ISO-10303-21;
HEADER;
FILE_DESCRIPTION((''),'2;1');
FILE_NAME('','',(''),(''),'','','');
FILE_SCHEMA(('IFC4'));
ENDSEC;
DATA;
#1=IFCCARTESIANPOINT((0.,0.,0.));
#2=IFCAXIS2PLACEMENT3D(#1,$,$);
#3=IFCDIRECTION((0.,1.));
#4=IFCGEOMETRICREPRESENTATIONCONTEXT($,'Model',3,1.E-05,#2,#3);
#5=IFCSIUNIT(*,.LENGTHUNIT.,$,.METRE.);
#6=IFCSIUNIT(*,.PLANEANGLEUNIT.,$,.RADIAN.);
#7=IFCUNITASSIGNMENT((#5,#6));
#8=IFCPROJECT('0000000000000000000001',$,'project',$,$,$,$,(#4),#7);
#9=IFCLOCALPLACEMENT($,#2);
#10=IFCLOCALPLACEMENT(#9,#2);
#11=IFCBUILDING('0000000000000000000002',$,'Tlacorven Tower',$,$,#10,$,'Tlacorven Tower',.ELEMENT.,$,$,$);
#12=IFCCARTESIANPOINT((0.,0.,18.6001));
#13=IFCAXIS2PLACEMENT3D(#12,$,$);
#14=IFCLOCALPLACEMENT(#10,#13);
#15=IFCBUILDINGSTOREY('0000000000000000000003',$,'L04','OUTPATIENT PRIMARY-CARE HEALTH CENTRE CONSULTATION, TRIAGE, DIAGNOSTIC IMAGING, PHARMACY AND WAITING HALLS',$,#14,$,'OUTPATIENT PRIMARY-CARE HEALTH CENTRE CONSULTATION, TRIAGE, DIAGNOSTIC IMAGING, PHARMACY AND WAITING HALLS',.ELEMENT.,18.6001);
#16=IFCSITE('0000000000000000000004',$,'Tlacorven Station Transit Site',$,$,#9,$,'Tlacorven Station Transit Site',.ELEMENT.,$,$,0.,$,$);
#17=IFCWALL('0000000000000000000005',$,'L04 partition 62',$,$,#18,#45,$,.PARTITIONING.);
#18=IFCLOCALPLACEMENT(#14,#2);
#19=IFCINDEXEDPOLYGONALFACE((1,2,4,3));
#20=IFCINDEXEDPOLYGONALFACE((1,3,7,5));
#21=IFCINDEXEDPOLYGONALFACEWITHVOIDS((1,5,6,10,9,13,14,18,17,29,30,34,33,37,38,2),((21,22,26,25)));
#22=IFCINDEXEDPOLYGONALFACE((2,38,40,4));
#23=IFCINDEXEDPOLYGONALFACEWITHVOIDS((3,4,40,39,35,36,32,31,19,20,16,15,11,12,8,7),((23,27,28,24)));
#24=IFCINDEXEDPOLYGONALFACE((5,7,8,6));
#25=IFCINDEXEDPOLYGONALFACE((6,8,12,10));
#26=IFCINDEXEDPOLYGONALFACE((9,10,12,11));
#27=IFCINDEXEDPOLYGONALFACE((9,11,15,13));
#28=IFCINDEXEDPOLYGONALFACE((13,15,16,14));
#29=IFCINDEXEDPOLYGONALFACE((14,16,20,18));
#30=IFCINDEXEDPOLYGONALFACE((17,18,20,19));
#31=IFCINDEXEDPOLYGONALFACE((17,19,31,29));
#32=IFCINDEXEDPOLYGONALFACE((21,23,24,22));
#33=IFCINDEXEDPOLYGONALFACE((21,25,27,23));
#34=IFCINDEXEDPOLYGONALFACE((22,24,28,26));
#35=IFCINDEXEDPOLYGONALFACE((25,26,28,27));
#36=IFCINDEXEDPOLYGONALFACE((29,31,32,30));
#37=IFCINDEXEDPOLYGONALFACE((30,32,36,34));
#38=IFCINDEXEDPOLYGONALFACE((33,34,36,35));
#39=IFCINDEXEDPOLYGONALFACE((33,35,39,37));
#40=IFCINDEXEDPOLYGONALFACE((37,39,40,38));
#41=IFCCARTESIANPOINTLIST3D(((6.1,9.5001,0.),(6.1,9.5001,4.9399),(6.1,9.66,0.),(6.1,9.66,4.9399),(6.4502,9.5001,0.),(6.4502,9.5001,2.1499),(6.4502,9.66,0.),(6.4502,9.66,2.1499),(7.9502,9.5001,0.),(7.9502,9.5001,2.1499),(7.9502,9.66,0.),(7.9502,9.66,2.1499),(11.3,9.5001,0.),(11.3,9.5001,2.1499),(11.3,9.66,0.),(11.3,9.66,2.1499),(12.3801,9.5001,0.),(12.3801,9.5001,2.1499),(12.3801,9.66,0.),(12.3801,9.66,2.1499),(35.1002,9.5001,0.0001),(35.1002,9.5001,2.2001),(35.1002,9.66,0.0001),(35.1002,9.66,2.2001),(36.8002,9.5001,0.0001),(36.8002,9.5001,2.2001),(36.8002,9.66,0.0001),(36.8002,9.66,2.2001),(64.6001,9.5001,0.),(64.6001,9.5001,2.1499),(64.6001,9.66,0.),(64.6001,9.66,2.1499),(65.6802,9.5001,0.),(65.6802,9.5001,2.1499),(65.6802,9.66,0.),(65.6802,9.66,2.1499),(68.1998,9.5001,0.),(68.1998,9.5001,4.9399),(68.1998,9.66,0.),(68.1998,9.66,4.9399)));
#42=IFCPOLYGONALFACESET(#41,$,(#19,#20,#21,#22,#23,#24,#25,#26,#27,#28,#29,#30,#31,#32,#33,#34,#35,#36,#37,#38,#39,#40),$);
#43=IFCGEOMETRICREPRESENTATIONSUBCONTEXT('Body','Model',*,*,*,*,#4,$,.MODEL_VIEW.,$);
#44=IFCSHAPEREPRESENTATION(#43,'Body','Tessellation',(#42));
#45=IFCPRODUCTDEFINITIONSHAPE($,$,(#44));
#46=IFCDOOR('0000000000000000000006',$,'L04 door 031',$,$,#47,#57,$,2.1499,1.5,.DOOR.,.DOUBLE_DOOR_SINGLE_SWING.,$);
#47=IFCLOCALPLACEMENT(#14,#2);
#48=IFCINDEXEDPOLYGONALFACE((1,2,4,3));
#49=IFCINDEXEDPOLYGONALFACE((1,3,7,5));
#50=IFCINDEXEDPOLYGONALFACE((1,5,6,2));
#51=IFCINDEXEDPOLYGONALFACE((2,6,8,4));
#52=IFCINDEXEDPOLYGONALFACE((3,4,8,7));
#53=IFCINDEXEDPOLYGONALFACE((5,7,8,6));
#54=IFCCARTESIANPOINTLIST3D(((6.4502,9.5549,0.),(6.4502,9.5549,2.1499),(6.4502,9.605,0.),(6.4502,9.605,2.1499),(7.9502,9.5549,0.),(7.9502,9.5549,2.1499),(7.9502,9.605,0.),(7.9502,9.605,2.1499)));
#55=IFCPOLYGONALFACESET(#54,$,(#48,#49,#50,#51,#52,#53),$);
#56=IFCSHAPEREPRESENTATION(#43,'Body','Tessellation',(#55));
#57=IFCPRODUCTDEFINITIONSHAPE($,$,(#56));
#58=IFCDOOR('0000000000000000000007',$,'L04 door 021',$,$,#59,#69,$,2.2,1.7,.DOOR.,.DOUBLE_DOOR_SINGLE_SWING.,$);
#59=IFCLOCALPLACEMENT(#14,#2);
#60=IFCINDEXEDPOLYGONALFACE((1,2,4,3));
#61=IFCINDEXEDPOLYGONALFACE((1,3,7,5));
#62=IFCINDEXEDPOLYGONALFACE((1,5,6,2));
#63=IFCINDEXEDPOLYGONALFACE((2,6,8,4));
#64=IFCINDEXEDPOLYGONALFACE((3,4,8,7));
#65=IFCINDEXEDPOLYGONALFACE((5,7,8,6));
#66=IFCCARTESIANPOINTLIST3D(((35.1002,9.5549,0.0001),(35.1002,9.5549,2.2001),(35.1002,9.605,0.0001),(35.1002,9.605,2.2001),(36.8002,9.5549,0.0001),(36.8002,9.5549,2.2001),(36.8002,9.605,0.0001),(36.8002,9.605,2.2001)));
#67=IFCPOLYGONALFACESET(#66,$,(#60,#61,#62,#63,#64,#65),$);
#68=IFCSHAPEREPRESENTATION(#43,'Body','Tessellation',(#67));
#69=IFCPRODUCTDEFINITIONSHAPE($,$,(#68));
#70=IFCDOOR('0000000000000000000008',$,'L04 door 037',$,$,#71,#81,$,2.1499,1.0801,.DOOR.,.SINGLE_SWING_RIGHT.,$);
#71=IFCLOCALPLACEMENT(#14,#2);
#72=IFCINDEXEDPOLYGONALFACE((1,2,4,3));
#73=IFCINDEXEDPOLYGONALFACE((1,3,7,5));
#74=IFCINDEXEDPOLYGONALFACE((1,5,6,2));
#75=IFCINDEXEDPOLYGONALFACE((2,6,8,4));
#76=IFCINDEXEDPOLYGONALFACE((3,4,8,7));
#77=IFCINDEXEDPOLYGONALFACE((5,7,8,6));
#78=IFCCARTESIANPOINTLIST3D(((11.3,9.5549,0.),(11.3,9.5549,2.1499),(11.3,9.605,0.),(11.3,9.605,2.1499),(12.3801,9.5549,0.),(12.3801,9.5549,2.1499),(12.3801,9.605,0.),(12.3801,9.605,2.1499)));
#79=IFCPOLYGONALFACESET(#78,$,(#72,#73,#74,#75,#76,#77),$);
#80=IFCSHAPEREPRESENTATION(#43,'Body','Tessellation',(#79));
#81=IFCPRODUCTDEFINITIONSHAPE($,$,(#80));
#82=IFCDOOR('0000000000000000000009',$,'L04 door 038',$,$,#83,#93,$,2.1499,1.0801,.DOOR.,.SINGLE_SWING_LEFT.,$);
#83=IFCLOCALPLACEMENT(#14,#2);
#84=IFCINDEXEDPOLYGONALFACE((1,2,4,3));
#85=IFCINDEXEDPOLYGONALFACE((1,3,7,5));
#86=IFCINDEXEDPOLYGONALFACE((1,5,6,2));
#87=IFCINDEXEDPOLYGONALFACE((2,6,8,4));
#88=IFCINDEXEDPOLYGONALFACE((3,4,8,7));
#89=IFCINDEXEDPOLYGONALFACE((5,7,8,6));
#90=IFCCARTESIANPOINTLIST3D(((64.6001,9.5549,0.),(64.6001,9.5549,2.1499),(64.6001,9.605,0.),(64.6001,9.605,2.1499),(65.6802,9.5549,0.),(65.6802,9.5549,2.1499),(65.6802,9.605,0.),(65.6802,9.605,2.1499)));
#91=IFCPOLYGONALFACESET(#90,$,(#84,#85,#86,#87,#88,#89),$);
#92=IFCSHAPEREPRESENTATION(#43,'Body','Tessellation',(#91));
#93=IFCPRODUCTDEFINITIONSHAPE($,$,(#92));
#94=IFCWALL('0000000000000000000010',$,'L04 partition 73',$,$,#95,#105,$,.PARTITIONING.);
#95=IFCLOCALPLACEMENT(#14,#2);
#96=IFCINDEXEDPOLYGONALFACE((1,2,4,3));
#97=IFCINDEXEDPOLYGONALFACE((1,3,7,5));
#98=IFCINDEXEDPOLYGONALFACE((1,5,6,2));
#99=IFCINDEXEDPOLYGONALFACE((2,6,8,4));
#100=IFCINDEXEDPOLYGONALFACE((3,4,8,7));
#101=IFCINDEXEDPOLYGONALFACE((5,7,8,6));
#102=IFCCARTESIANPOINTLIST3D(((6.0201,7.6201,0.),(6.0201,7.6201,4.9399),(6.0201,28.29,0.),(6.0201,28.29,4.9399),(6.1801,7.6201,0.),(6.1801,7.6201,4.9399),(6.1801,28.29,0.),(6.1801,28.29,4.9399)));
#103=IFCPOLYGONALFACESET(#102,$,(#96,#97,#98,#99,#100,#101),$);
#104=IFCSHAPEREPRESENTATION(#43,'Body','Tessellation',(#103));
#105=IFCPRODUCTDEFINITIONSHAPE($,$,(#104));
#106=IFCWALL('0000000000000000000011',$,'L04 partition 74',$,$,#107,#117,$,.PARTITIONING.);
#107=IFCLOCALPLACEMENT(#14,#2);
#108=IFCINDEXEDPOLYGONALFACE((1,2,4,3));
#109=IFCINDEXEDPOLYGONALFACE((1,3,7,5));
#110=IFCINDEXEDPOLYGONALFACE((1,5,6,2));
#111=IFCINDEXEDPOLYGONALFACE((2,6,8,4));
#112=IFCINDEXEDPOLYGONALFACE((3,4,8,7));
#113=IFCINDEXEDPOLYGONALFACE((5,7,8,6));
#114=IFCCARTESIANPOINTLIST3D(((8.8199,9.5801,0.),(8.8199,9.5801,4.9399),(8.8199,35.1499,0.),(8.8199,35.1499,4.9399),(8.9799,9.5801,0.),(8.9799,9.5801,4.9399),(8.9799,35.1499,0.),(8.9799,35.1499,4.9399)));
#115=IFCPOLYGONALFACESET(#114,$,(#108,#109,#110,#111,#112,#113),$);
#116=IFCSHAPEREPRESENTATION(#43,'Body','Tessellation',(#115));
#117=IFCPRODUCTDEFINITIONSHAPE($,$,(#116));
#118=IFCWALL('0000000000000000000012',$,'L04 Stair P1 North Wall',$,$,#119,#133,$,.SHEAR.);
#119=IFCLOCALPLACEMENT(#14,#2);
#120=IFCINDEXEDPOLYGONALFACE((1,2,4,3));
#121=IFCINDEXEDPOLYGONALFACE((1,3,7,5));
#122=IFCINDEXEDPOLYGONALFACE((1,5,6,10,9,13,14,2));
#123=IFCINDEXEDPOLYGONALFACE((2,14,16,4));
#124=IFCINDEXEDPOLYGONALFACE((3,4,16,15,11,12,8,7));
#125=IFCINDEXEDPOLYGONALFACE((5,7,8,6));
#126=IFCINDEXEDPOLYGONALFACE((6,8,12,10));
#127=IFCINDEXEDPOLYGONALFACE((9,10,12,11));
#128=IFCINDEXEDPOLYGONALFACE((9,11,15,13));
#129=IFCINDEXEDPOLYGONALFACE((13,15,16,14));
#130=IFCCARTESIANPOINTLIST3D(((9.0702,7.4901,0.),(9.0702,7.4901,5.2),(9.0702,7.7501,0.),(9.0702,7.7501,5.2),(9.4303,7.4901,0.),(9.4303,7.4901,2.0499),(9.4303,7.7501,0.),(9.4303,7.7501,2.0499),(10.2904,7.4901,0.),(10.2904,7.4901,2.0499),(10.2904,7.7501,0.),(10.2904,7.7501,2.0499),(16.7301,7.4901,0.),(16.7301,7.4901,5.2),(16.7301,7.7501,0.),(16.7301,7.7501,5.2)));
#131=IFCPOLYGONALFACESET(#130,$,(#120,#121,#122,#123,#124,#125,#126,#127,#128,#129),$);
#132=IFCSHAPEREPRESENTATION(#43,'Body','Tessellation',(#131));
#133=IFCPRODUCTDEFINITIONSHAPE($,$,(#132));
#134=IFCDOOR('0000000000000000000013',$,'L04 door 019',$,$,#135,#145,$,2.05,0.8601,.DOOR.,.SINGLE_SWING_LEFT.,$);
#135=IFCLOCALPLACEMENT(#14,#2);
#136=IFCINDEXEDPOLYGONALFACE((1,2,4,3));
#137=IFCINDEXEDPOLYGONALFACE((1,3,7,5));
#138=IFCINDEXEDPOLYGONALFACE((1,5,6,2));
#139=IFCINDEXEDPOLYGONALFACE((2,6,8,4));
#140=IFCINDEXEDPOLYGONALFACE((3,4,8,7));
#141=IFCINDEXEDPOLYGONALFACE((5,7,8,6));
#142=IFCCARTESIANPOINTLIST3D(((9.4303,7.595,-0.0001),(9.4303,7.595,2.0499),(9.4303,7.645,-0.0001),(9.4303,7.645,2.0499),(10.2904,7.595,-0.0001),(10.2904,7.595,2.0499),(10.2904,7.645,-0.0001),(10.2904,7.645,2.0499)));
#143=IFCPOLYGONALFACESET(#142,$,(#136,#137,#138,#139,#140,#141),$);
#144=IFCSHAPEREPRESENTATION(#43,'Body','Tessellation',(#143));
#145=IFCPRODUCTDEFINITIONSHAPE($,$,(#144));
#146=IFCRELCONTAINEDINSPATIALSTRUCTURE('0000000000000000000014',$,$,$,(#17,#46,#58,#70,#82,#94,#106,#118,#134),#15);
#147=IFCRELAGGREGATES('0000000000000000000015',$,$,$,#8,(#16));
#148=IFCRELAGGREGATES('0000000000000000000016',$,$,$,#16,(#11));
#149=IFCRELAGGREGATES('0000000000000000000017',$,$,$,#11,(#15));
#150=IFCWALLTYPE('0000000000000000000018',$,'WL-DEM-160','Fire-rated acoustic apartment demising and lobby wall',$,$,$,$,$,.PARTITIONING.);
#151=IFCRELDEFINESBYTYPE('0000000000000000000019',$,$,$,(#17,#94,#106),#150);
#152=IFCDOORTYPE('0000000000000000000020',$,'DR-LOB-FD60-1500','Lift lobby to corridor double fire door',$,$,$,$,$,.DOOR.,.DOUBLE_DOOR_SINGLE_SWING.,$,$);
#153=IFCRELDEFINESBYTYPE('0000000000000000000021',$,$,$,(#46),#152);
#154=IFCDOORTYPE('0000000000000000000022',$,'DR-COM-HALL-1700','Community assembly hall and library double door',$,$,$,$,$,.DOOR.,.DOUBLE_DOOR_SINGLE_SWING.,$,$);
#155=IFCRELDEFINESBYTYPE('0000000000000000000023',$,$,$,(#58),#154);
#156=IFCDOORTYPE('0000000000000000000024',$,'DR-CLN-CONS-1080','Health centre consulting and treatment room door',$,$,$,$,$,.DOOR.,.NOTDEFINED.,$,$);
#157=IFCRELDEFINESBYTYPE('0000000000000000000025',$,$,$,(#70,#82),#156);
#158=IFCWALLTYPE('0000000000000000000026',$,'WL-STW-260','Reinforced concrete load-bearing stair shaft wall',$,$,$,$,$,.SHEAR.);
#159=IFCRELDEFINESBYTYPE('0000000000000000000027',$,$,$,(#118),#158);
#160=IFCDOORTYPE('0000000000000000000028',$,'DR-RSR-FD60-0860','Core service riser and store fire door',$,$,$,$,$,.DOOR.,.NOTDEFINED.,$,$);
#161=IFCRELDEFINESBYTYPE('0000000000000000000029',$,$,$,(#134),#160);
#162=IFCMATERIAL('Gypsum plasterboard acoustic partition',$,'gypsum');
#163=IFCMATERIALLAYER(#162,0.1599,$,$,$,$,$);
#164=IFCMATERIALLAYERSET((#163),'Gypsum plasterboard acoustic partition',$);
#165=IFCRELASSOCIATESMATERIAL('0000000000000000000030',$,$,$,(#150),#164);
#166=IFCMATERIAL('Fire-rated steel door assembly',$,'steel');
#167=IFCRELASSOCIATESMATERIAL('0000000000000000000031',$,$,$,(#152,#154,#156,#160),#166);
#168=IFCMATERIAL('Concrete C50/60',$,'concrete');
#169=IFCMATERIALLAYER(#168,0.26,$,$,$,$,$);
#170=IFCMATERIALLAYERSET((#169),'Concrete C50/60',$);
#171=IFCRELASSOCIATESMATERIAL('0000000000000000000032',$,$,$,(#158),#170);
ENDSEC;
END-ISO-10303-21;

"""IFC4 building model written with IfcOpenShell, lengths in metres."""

from ifc_helpers import new_model, si_unit, direction, frame, frame_2d, origin, place, context, subcontext, project, spatial, rectangle, extrude, source, transform, mapped, material, layer, layer_set, type_object, element, fill, save


model = new_model("IFC4")

# Units and contexts
model_context = context("Model", 3, precision=1e-05, world=origin(), true_north=direction((0.0, 1.0)))
body_context = subcontext(model_context, "Body", "Model", "MODEL_VIEW")
ifc_project = project(units=[si_unit("LENGTHUNIT", "METRE"), si_unit("PLANEANGLEUNIT", "RADIAN")], contexts=[model_context])

# Site, building, storey
site_placement = place(None, origin())
site = spatial("IfcSite", under=ifc_project, at=site_placement, Name="Tlacorven Station Transit Site", LongName="Tlacorven Station Transit Site", CompositionType="ELEMENT", RefElevation=0.0)
building_placement = place(site_placement, origin())
building = spatial("IfcBuilding", under=site, at=building_placement, Name="Tlacorven Tower", LongName="Tlacorven Tower", CompositionType="ELEMENT")
storey_placement = place(building_placement, frame((0.0, 0.0, 18.6001)))
storey = spatial("IfcBuildingStorey", under=building, at=storey_placement, Name="L04", Description="OUTPATIENT PRIMARY-CARE HEALTH CENTRE CONSULTATION, TRIAGE, DIAGNOSTIC IMAGING, PHARMACY AND WAITING HALLS", LongName="OUTPATIENT PRIMARY-CARE HEALTH CENTRE CONSULTATION, TRIAGE, DIAGNOSTIC IMAGING, PHARMACY AND WAITING HALLS", CompositionType="ELEMENT", Elevation=18.6001)

# Wall, openings, doors
ifc_material_1 = material(Name="Gypsum plasterboard acoustic partition", Category="gypsum")
ifc_layer_1 = layer(ifc_material_1, 0.1599)
ifc_layer_set_1 = layer_set([ifc_layer_1], Name="Gypsum plasterboard acoustic partition")
wall_type_1 = type_object("IfcWallType", Name="WL-DEM-160", Description="Fire-rated acoustic apartment demising and lobby wall", PredefinedType="PARTITIONING", material=ifc_layer_set_1)
wall_1_placement = place(storey_placement, frame((6.1001, 9.5801, 0.0), z_axis=(0.0, 0.0, 1.0), x_axis=(1.0, 0.0, 0.0)))
wall_1 = element("IfcWall", 1, at=wall_1_placement, inside=storey, type_object=wall_type_1, Name="L04 partition 62", PredefinedType="PARTITIONING", context=body_context, shape_type="SweptSolid", body=[
    extrude(rectangle(XDim=62.0999, YDim=0.1599, at=frame_2d((31.0498, 0.0))), origin(), (0.0, 0.0, 1.0), 4.9399),
])
opening_1_placement = place(wall_1_placement, frame((29.0, 0.0, 0.0)))
opening_1 = element("IfcOpeningElement", 2, at=opening_1_placement, cuts=wall_1, PredefinedType="OPENING", context=body_context, shape_type="SweptSolid", body=[
    extrude(rectangle(XDim=1.7, YDim=2.2, at=frame_2d((0.8501, 1.1001))), frame((0.0, 0.0898, 0.0), z_axis=(0.0, -1.0, 0.0), x_axis=(1.0, 0.0, 0.0)), (0.0, 0.0, 1.0), 0.1799),
])
opening_2_placement = place(wall_1_placement, frame((0.3501, 0.0, 0.0)))
opening_2 = element("IfcOpeningElement", 3, at=opening_2_placement, cuts=wall_1, PredefinedType="OPENING", context=body_context, shape_type="SweptSolid", body=[
    extrude(rectangle(XDim=1.5, YDim=2.1499, at=frame_2d((0.75, 1.075))), frame((0.0, 0.0898, 0.0), z_axis=(0.0, -1.0, 0.0), x_axis=(1.0, 0.0, 0.0)), (0.0, 0.0, 1.0), 0.1799),
])
opening_3_placement = place(wall_1_placement, frame((5.2, 0.0, 0.0)))
opening_3 = element("IfcOpeningElement", 4, at=opening_3_placement, cuts=wall_1, PredefinedType="OPENING", context=body_context, shape_type="SweptSolid", body=[
    extrude(rectangle(XDim=1.0801, YDim=2.1499, at=frame_2d((0.54, 1.075))), frame((0.0, 0.0898, 0.0), z_axis=(0.0, -1.0, 0.0), x_axis=(1.0, 0.0, 0.0)), (0.0, 0.0, 1.0), 0.1799),
])
opening_4_placement = place(wall_1_placement, frame((58.5, 0.0, 0.0)))
opening_4 = element("IfcOpeningElement", 5, at=opening_4_placement, cuts=wall_1, PredefinedType="OPENING", context=body_context, shape_type="SweptSolid", body=[
    extrude(rectangle(XDim=1.0801, YDim=2.1499, at=frame_2d((0.54, 1.075))), frame((0.0, 0.0898, 0.0), z_axis=(0.0, -1.0, 0.0), x_axis=(1.0, 0.0, 0.0)), (0.0, 0.0, 1.0), 0.1799),
])
ifc_material_2 = material(Name="Fire-rated steel door assembly", Category="steel")
door_type_1 = type_object("IfcDoorType", Name="DR-LOB-FD60-1500", Description="Lift lobby to corridor double fire door", OperationType="DOUBLE_DOOR_SINGLE_SWING", PredefinedType="DOOR", material=ifc_material_2)
shared_shape_1 = source(origin(), body_context, "Body", "SweptSolid", [
    extrude(rectangle(XDim=1.5, YDim=2.1499, at=frame_2d((0.75, 1.075))), frame((0.0, 0.0249, 0.0), z_axis=(0.0, -1.0, 0.0), x_axis=(1.0, 0.0, 0.0)), (0.0, 0.0, 1.0), 0.05),
])
door_1_placement = place(opening_2_placement, origin())
door_1 = element("IfcDoor", 6, at=door_1_placement, inside=storey, type_object=door_type_1, Name="L04 door 031", OperationType="DOUBLE_DOOR_SINGLE_SWING", OverallHeight=2.1499, OverallWidth=1.5, PredefinedType="DOOR", context=body_context, shape_type="MappedRepresentation", body=[
    mapped(shared_shape_1, transform((0.0, 0.0, 0.0), scale=1.0)),
])
fill(opening_2, door_1)
door_type_2 = type_object("IfcDoorType", Name="DR-COM-HALL-1700", Description="Community assembly hall and library double door", OperationType="DOUBLE_DOOR_SINGLE_SWING", PredefinedType="DOOR", material=ifc_material_2)
shared_shape_2 = source(origin(), body_context, "Body", "SweptSolid", [
    extrude(rectangle(XDim=1.7, YDim=2.2, at=frame_2d((0.8501, 1.1001))), frame((0.0, 0.0249, 0.0), z_axis=(0.0, -1.0, 0.0), x_axis=(1.0, 0.0, 0.0)), (0.0, 0.0, 1.0), 0.05),
])
door_2_placement = place(opening_1_placement, origin())
door_2 = element("IfcDoor", 7, at=door_2_placement, inside=storey, type_object=door_type_2, Name="L04 door 021", OperationType="DOUBLE_DOOR_SINGLE_SWING", OverallHeight=2.2, OverallWidth=1.7, PredefinedType="DOOR", context=body_context, shape_type="MappedRepresentation", body=[
    mapped(shared_shape_2, transform((0.0, 0.0, 0.0), scale=1.0)),
])
fill(opening_1, door_2)
door_type_3 = type_object("IfcDoorType", Name="DR-CLN-CONS-1080", Description="Health centre consulting and treatment room door", OperationType="NOTDEFINED", PredefinedType="DOOR", material=ifc_material_2)
shared_shape_3 = source(origin(), body_context, "Body", "SweptSolid", [
    extrude(rectangle(XDim=1.0801, YDim=2.1499, at=frame_2d((0.54, 1.075))), frame((0.0, 0.0249, 0.0), z_axis=(0.0, -1.0, 0.0), x_axis=(1.0, 0.0, 0.0)), (0.0, 0.0, 1.0), 0.05),
])
door_3_placement = place(opening_3_placement, origin())
door_3 = element("IfcDoor", 8, at=door_3_placement, inside=storey, type_object=door_type_3, Name="L04 door 037", OperationType="SINGLE_SWING_RIGHT", OverallHeight=2.1499, OverallWidth=1.0801, PredefinedType="DOOR", context=body_context, shape_type="MappedRepresentation", body=[
    mapped(shared_shape_3, transform((0.0, 0.0, 0.0), scale=1.0)),
])
fill(opening_3, door_3)
door_4_placement = place(opening_4_placement, origin())
door_4 = element("IfcDoor", 9, at=door_4_placement, inside=storey, type_object=door_type_3, Name="L04 door 038", OperationType="SINGLE_SWING_LEFT", OverallHeight=2.1499, OverallWidth=1.0801, PredefinedType="DOOR", context=body_context, shape_type="MappedRepresentation", body=[
    mapped(shared_shape_3, transform((0.0, 0.0, 0.0), scale=1.0)),
])
fill(opening_4, door_4)

# Walls
wall_2_placement = place(storey_placement, frame((6.1001, 7.6201, 0.0), z_axis=(0.0, 0.0, 1.0), x_axis=(0.0, 1.0, 0.0)))
element("IfcWall", 10, at=wall_2_placement, inside=storey, type_object=wall_type_1, Name="L04 partition 73", PredefinedType="PARTITIONING", context=body_context, shape_type="SweptSolid", body=[
    extrude(rectangle(XDim=20.6699, YDim=0.1599, at=frame_2d((10.335, 0.0))), origin(), (0.0, 0.0, 1.0), 4.9399),
])
wall_3_placement = place(storey_placement, frame((8.8999, 9.5801, 0.0), z_axis=(0.0, 0.0, 1.0), x_axis=(0.0, 1.0, 0.0)))
element("IfcWall", 11, at=wall_3_placement, inside=storey, type_object=wall_type_1, Name="L04 partition 74", PredefinedType="PARTITIONING", context=body_context, shape_type="SweptSolid", body=[
    extrude(rectangle(XDim=25.5698, YDim=0.1599, at=frame_2d((12.7849, 0.0))), origin(), (0.0, 0.0, 1.0), 4.9399),
])

# Wall, opening, door
ifc_material_3 = material(Name="Concrete C50/60", Category="concrete")
ifc_layer_2 = layer(ifc_material_3, 0.26)
ifc_layer_set_2 = layer_set([ifc_layer_2], Name="Concrete C50/60")
wall_type_2 = type_object("IfcWallType", Name="WL-STW-260", Description="Reinforced concrete load-bearing stair shaft wall", PredefinedType="SHEAR", material=ifc_layer_set_2)
wall_4_placement = place(storey_placement, frame((9.0701, 7.6201, 0.0), z_axis=(0.0, 0.0, 1.0), x_axis=(1.0, 0.0, 0.0)))
wall_4 = element("IfcWall", 12, at=wall_4_placement, inside=storey, type_object=wall_type_2, Name="L04 Stair P1 North Wall", PredefinedType="SHEAR", context=body_context, shape_type="SweptSolid", body=[
    extrude(rectangle(XDim=7.6599, YDim=0.26, at=frame_2d((3.8301, 0.0))), origin(), (0.0, 0.0, 1.0), 5.2),
])
opening_5_placement = place(wall_4_placement, frame((0.3601, 0.0, 0.0)))
opening_5 = element("IfcOpeningElement", 13, at=opening_5_placement, cuts=wall_4, PredefinedType="OPENING", context=body_context, shape_type="SweptSolid", body=[
    extrude(rectangle(XDim=0.8601, YDim=2.05, at=frame_2d((0.4302, 1.0249))), frame((0.0, 0.1401, 0.0), z_axis=(0.0, -1.0, 0.0), x_axis=(1.0, 0.0, 0.0)), (0.0, 0.0, 1.0), 0.28),
])
door_type_4 = type_object("IfcDoorType", Name="DR-RSR-FD60-0860", Description="Core service riser and store fire door", OperationType="NOTDEFINED", PredefinedType="DOOR", material=ifc_material_2)
shared_shape_4 = source(origin(), body_context, "Body", "SweptSolid", [
    extrude(rectangle(XDim=0.8601, YDim=2.05, at=frame_2d((0.4302, 1.0249))), frame((0.0, 0.0249, 0.0), z_axis=(0.0, -1.0, 0.0), x_axis=(1.0, 0.0, 0.0)), (0.0, 0.0, 1.0), 0.05),
])
door_5_placement = place(opening_5_placement, origin())
door_5 = element("IfcDoor", 14, at=door_5_placement, inside=storey, type_object=door_type_4, Name="L04 door 019", OperationType="SINGLE_SWING_LEFT", OverallHeight=2.05, OverallWidth=0.8601, PredefinedType="DOOR", context=body_context, shape_type="MappedRepresentation", body=[
    mapped(shared_shape_4, transform((0.0, 0.0, 0.0), scale=1.0)),
])
fill(opening_5, door_5)

save(model, "model.ifc")
